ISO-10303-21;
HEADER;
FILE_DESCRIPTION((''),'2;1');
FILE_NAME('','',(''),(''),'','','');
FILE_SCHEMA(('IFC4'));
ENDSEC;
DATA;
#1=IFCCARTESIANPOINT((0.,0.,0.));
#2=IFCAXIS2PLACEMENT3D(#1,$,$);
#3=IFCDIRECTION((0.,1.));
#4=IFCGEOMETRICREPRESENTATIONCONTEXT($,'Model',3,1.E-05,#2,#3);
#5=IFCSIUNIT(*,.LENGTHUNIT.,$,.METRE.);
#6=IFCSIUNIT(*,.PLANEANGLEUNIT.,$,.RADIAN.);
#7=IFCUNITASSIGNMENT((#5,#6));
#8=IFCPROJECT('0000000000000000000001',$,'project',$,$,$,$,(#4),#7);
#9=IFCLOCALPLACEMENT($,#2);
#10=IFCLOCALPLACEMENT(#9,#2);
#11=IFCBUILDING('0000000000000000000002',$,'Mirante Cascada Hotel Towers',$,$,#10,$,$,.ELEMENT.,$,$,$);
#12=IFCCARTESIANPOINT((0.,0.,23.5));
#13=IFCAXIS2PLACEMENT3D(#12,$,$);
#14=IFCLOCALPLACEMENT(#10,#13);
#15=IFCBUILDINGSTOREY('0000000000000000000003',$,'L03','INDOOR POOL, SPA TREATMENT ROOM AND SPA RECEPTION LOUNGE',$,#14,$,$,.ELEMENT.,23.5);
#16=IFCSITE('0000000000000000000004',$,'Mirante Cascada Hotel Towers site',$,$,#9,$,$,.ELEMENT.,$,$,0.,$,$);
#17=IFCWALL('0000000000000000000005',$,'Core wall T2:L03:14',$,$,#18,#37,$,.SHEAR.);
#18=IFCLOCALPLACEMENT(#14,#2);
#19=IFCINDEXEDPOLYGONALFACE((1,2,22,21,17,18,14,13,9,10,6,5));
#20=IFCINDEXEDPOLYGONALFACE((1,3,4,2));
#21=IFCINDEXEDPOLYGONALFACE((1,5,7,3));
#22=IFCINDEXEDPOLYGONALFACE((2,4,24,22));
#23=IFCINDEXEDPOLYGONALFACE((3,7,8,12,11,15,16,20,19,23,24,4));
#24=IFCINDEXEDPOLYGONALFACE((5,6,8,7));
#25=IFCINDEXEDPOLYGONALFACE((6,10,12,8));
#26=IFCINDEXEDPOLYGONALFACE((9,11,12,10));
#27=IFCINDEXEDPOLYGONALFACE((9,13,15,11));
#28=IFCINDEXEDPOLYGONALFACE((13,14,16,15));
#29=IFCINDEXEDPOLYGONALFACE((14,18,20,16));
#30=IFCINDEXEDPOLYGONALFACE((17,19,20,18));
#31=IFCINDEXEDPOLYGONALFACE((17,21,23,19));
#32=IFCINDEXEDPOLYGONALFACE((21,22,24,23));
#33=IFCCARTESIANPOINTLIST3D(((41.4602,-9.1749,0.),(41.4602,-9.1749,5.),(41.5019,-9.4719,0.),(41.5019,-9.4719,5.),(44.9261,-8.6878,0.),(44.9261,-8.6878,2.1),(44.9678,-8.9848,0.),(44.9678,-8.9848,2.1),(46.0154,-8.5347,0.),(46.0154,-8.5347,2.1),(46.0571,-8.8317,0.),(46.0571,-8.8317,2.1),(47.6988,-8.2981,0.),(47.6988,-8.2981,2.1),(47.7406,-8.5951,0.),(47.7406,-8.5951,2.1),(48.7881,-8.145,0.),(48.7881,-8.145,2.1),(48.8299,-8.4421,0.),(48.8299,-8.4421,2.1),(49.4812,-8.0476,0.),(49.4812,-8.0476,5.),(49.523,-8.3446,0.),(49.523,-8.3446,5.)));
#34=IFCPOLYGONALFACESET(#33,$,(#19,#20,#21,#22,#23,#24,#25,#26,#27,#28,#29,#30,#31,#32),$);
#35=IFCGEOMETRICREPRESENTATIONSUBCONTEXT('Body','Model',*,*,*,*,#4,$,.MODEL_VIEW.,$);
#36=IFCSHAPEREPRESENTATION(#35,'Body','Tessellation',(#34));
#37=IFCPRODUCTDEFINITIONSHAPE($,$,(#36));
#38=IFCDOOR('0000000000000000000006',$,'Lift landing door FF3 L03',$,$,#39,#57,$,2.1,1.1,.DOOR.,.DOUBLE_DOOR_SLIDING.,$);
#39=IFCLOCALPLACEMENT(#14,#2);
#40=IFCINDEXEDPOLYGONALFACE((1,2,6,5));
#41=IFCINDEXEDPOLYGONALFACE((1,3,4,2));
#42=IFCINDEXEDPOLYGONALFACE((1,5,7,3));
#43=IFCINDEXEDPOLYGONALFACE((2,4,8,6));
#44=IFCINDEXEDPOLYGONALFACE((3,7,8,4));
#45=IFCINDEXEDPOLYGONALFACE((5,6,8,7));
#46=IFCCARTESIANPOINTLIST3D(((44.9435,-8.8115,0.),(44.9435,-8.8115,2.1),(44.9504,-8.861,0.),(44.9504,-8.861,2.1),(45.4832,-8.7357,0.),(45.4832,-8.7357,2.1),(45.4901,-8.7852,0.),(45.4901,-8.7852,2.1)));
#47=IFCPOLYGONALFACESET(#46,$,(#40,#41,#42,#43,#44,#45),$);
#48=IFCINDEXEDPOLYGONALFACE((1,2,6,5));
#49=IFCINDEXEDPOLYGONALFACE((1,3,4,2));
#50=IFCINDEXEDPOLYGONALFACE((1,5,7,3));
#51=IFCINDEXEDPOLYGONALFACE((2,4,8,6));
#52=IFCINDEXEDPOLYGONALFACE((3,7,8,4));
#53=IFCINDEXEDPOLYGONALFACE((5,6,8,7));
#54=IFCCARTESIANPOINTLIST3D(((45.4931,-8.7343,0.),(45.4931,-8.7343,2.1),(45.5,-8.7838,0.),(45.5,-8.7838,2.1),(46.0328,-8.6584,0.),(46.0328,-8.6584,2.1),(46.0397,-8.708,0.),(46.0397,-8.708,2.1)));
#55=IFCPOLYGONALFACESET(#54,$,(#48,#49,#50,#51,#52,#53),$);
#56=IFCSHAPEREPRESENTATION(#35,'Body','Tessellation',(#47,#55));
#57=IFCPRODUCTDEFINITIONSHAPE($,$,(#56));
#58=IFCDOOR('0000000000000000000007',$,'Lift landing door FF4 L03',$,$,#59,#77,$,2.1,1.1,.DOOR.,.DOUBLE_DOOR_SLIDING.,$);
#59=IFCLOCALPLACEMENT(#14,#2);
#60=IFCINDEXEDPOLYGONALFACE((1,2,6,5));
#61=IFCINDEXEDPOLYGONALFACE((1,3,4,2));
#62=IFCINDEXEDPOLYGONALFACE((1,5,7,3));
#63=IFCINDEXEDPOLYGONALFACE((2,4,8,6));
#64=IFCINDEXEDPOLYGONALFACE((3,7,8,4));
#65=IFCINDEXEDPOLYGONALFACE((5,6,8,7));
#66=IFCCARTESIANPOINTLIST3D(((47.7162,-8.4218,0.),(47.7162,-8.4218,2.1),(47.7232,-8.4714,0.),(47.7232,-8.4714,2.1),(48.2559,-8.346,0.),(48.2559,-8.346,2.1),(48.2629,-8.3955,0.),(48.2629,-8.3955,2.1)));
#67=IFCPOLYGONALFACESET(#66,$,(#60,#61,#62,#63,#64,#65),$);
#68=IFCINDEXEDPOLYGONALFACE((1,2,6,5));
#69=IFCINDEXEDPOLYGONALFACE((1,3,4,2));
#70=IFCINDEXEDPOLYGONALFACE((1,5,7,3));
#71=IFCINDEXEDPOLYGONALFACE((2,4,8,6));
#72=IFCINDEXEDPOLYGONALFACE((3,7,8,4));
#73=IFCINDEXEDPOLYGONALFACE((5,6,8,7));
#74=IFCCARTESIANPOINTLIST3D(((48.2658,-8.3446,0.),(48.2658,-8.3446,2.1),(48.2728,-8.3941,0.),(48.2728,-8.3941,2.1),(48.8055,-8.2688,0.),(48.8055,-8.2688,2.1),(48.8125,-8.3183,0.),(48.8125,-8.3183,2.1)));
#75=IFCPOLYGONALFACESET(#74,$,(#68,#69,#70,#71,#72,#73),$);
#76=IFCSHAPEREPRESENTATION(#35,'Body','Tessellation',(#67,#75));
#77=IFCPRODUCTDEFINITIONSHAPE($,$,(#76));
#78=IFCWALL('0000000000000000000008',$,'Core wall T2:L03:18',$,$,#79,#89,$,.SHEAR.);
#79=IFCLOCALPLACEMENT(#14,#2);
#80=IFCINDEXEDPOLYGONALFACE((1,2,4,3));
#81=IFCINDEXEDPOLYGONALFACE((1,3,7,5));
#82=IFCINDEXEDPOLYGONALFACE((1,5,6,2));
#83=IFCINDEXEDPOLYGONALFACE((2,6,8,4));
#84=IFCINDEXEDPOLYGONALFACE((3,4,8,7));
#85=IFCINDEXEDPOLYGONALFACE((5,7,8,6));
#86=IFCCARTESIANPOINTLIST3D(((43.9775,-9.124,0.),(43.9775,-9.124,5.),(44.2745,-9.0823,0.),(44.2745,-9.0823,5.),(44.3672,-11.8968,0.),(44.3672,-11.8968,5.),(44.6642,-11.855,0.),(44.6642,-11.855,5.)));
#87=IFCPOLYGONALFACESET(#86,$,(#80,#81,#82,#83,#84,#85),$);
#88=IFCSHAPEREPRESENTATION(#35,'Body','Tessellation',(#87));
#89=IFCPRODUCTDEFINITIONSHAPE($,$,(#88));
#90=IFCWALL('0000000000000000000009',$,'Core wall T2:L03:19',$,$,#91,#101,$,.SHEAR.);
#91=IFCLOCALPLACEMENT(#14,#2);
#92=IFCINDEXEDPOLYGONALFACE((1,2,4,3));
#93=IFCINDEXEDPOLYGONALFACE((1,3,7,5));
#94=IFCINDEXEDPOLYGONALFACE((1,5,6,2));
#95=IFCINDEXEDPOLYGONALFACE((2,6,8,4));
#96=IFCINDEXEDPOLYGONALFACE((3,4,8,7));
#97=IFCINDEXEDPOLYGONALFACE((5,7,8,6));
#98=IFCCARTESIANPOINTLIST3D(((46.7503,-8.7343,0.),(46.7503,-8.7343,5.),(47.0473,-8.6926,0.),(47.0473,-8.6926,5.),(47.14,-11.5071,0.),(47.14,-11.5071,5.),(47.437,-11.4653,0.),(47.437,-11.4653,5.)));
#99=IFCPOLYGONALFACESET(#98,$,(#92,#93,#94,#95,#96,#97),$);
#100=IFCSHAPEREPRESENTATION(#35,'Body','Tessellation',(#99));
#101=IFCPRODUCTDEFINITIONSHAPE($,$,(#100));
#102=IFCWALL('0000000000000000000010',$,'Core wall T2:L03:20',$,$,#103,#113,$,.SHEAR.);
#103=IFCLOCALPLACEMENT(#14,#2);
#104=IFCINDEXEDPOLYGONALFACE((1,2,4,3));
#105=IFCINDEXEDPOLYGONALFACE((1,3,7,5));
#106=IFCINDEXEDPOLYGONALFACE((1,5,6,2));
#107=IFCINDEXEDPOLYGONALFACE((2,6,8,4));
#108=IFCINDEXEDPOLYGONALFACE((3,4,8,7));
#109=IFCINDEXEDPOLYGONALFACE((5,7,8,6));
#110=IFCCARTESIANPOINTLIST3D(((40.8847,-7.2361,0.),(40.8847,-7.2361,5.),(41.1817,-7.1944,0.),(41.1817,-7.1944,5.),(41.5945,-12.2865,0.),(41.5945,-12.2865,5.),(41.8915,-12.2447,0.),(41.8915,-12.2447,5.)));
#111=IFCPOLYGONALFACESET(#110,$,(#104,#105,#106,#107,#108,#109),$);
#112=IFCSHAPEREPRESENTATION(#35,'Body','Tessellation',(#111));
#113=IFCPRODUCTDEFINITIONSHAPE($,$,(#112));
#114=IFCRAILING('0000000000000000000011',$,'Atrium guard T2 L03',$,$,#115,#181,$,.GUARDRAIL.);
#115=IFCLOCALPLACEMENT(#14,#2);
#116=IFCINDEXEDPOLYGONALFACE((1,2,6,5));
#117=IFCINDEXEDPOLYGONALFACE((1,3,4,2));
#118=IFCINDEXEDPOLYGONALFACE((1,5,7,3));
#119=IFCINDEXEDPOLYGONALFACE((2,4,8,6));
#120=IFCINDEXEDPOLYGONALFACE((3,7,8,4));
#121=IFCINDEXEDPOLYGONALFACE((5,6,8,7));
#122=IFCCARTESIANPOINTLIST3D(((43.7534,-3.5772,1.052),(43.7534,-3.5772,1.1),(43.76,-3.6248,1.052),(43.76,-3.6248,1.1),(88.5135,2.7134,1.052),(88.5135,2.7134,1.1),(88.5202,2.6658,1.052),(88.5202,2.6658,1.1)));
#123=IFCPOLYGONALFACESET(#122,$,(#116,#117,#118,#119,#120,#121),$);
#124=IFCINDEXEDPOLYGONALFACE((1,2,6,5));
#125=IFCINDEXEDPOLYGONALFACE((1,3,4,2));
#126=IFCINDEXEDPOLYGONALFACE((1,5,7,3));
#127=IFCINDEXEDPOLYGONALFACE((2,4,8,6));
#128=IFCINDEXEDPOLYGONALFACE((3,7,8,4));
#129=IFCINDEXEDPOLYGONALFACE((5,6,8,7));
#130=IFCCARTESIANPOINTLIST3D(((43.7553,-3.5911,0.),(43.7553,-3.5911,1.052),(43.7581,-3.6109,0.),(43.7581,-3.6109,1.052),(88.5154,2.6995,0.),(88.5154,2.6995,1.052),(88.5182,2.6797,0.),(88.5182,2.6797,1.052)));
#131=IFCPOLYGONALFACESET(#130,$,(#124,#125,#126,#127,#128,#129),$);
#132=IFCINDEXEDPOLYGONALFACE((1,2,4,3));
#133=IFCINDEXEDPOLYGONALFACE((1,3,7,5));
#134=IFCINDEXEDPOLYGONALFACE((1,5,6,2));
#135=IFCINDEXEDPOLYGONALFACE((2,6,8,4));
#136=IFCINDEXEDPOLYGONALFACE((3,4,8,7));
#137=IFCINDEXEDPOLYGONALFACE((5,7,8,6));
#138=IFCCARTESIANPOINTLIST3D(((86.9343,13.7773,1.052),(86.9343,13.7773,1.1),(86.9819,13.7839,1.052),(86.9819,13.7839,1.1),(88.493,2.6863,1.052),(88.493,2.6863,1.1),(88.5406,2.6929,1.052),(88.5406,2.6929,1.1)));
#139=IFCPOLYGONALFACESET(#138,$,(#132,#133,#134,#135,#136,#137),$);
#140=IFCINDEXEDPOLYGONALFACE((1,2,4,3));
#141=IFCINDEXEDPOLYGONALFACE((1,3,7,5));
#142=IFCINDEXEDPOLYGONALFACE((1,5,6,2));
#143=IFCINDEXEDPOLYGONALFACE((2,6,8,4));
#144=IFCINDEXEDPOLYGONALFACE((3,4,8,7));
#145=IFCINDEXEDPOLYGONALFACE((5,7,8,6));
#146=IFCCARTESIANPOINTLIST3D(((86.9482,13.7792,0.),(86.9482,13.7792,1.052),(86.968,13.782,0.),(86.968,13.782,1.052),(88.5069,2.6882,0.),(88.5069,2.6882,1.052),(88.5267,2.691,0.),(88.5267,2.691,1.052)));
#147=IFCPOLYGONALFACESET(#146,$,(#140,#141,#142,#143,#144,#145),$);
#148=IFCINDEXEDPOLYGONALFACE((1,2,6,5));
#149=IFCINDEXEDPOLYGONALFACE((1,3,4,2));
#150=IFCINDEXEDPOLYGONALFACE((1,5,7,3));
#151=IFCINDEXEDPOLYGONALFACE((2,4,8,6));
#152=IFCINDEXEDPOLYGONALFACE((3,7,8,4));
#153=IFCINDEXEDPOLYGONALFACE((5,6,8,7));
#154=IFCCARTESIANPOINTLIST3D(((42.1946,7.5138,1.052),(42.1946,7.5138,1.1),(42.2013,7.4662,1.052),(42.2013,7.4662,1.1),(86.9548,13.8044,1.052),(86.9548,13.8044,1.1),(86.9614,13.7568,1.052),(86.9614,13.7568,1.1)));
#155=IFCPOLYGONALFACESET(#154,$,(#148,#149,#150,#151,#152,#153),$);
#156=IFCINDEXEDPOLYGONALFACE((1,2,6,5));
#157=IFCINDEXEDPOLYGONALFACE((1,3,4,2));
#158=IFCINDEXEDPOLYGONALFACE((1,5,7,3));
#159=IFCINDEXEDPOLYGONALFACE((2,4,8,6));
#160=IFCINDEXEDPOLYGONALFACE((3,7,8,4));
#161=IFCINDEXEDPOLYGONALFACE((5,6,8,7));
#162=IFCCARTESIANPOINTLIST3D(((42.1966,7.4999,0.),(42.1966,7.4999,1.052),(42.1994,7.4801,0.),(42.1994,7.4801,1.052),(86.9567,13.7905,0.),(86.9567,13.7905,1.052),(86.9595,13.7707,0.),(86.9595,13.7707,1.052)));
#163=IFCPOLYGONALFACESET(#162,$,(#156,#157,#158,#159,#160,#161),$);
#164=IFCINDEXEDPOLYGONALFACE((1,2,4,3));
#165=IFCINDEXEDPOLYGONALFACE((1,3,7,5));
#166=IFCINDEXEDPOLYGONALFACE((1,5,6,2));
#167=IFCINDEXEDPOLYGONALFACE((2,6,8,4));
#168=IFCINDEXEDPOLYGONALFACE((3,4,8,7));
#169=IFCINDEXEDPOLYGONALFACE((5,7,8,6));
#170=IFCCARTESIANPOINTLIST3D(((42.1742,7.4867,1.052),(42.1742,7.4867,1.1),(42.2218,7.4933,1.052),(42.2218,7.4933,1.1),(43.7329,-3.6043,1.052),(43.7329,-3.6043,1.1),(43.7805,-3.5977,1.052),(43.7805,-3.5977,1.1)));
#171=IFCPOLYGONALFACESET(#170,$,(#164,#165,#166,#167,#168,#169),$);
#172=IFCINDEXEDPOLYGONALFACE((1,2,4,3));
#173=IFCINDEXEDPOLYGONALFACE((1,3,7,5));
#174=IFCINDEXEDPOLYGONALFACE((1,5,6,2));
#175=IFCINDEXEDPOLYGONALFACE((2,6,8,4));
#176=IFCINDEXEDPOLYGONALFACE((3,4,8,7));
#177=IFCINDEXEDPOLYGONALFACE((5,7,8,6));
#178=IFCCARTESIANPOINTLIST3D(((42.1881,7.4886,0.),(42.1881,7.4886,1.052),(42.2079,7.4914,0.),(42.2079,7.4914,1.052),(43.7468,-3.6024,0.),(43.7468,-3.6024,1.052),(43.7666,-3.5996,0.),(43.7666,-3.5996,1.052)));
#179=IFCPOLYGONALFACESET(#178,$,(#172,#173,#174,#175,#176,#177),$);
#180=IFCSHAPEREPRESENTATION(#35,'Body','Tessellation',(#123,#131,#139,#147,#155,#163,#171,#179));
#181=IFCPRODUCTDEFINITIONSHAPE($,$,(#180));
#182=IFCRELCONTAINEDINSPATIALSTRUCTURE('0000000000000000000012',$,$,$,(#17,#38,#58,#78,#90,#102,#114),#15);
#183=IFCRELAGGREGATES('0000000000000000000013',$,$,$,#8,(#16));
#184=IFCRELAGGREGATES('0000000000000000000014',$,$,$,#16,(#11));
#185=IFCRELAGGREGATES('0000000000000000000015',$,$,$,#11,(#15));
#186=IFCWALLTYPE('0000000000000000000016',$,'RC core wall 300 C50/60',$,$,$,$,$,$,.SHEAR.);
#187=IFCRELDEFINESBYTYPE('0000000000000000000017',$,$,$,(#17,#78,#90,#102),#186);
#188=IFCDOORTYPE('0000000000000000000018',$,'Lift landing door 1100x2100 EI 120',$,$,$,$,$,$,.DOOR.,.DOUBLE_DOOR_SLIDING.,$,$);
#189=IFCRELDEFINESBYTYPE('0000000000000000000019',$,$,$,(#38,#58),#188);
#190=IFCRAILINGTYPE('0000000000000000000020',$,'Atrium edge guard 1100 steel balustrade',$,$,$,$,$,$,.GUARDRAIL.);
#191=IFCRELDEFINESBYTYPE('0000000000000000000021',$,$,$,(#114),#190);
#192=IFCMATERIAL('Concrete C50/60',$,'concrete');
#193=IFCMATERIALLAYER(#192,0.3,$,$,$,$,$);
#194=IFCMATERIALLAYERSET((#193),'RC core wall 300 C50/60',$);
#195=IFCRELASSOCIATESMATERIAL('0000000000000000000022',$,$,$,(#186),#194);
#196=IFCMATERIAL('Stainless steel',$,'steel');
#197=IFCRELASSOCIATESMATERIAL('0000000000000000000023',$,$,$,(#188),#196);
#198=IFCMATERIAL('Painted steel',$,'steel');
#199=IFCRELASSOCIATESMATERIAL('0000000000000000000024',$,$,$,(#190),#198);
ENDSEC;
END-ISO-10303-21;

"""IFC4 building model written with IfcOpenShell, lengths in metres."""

from ifc_helpers import new_model, si_unit, direction, frame, frame_2d, origin, origin_2d, place, context, subcontext, project, spatial, rectangle, extrude, material, layer, layer_set, type_object, element, fill, save


model = new_model("IFC4")

# Units and contexts
model_context = context("Model", 3, precision=1e-05, world=origin(), true_north=direction((0.0, 1.0)))
body_context = subcontext(model_context, "Body", "Model", "MODEL_VIEW")
ifc_project = project(units=[si_unit("LENGTHUNIT", "METRE"), si_unit("PLANEANGLEUNIT", "RADIAN")], contexts=[model_context])

# Site, building, storey
site_placement = place(None, origin())
site = spatial("IfcSite", under=ifc_project, at=site_placement, Name="Mirante Cascada Hotel Towers site", CompositionType="ELEMENT", RefElevation=0.0)
building_placement = place(site_placement, origin())
building = spatial("IfcBuilding", under=site, at=building_placement, Name="Mirante Cascada Hotel Towers", CompositionType="ELEMENT")
storey_placement = place(building_placement, frame((0.0, 0.0, 23.5)))
storey = spatial("IfcBuildingStorey", under=building, at=storey_placement, Name="L03", Description="INDOOR POOL, SPA TREATMENT ROOM AND SPA RECEPTION LOUNGE", CompositionType="ELEMENT", Elevation=23.5)

# Shared definitions
ifc_material_1 = material(Name="Concrete C50/60", Category="concrete")
ifc_layer_1 = layer(ifc_material_1, 0.3)
ifc_layer_set_1 = layer_set([ifc_layer_1], Name="RC core wall 300 C50/60")
wall_type_1 = type_object("IfcWallType", Name="RC core wall 300 C50/60", PredefinedType="SHEAR", material=ifc_layer_set_1)
ifc_material_2 = material(Name="Stainless steel", Category="steel")
door_type_1 = type_object("IfcDoorType", Name="Lift landing door 1100x2100 EI 120", OperationType="DOUBLE_DOOR_SLIDING", PredefinedType="DOOR", material=ifc_material_2)

# Wall, openings, doors
wall_1_placement = place(storey_placement, frame((41.481, -9.3234, 0.0), z_axis=(0.0, 0.0, 1.0), x_axis=(0.990268, 0.139174, 0.0)))
wall_1 = element("IfcWall", 1, at=wall_1_placement, inside=storey, type_object=wall_type_1, Name="Core wall T2:L03:14", PredefinedType="SHEAR", context=body_context, shape_type="SweptSolid", body=[
    extrude(rectangle(XDim=8.0999, YDim=0.3, at=frame_2d((4.05, 0.0))), origin(), (0.0, 0.0, 1.0), 5.0),
])
opening_1_placement = place(wall_1_placement, frame((3.5, 0.0, 0.0)))
opening_1 = element("IfcOpeningElement", 2, at=opening_1_placement, cuts=wall_1, PredefinedType="OPENING", context=body_context, shape_type="SweptSolid", body=[
    extrude(rectangle(XDim=1.1, YDim=2.1, at=frame_2d((0.55, 1.05))), frame((0.0, 0.15, 0.0), z_axis=(0.0, -1.0, 0.0), x_axis=(1.0, 0.0, 0.0)), (0.0, 0.0, 1.0), 0.3),
])
opening_2_placement = place(wall_1_placement, frame((6.3, 0.0, 0.0)))
opening_2 = element("IfcOpeningElement", 3, at=opening_2_placement, cuts=wall_1, PredefinedType="OPENING", context=body_context, shape_type="SweptSolid", body=[
    extrude(rectangle(XDim=1.1, YDim=2.1, at=frame_2d((0.55, 1.05))), frame((0.0, 0.15, 0.0), z_axis=(0.0, -1.0, 0.0), x_axis=(1.0, 0.0, 0.0)), (0.0, 0.0, 1.0), 0.3),
])
door_1_placement = place(opening_1_placement, origin())
door_1 = element("IfcDoor", 4, at=door_1_placement, inside=storey, type_object=door_type_1, Name="Lift landing door FF3 L03", OperationType="DOUBLE_DOOR_SLIDING", OverallHeight=2.1, OverallWidth=1.1, PredefinedType="DOOR", context=body_context, shape_type="SweptSolid", body=[
    extrude(rectangle(XDim=0.545, YDim=2.1, at=frame_2d((0.2725, 1.05))), frame((0.0, 0.025, 0.0), z_axis=(0.0, -1.0, 0.0), x_axis=(1.0, 0.0, 0.0)), (0.0, 0.0, 1.0), 0.05),
    extrude(rectangle(XDim=0.545, YDim=2.1, at=frame_2d((0.8275, 1.05))), frame((0.0, 0.025, 0.0), z_axis=(0.0, -1.0, 0.0), x_axis=(1.0, 0.0, 0.0)), (0.0, 0.0, 1.0), 0.05),
])
fill(opening_1, door_1)
door_2_placement = place(opening_2_placement, origin())
door_2 = element("IfcDoor", 5, at=door_2_placement, inside=storey, type_object=door_type_1, Name="Lift landing door FF4 L03", OperationType="DOUBLE_DOOR_SLIDING", OverallHeight=2.1, OverallWidth=1.1, PredefinedType="DOOR", context=body_context, shape_type="SweptSolid", body=[
    extrude(rectangle(XDim=0.545, YDim=2.1, at=frame_2d((0.2725, 1.05))), frame((0.0, 0.025, 0.0), z_axis=(0.0, -1.0, 0.0), x_axis=(1.0, 0.0, 0.0)), (0.0, 0.0, 1.0), 0.05),
    extrude(rectangle(XDim=0.545, YDim=2.1, at=frame_2d((0.8275, 1.05))), frame((0.0, 0.025, 0.0), z_axis=(0.0, -1.0, 0.0), x_axis=(1.0, 0.0, 0.0)), (0.0, 0.0, 1.0), 0.05),
])
fill(opening_2, door_2)

# Walls
for number, where, z_axis, x_axis, name in (
    (6, (44.5157, -11.8759, 0.0), (0.0, 0.0, 1.0), (-0.139181, 0.990267, 0.0), "Core wall T2:L03:18"),
    (7, (47.2885, -11.4862, 0.0), (0.0, 0.0, 1.0), (-0.139181, 0.990267, 0.0), "Core wall T2:L03:19"),
):
    element("IfcWall", number, at=place(storey_placement, frame(where, z_axis=z_axis, x_axis=x_axis)), inside=storey, type_object=wall_type_1, Name=name, PredefinedType="SHEAR", context=body_context, shape_type="SweptSolid", body=[
        extrude(rectangle(XDim=2.8, YDim=0.3, at=frame_2d((1.4, 0.0))), origin(), (0.0, 0.0, 1.0), 5.0),
    ])
wall_2_placement = place(storey_placement, frame((41.743, -12.2656, 0.0), z_axis=(0.0, 0.0, 1.0), x_axis=(-0.139176, 0.990268, 0.0)))
element("IfcWall", 8, at=wall_2_placement, inside=storey, type_object=wall_type_1, Name="Core wall T2:L03:20", PredefinedType="SHEAR", context=body_context, shape_type="SweptSolid", body=[
    extrude(rectangle(XDim=5.1, YDim=0.3, at=frame_2d((2.55, 0.0))), origin(), (0.0, 0.0, 1.0), 5.0),
])

# Railing
ifc_material_3 = material(Name="Painted steel", Category="steel")
railing_type = type_object("IfcRailingType", Name="Atrium edge guard 1100 steel balustrade", PredefinedType="GUARDRAIL", material=ifc_material_3)
railing_placement = place(storey_placement, frame((43.7567, -3.601, 0.0)))
element("IfcRailing", 9, at=railing_placement, inside=storey, type_object=railing_type, Name="Atrium guard T2 L03", PredefinedType="GUARDRAIL", context=body_context, shape_type="SweptSolid", body=[
    extrude(rectangle(XDim=0.048, YDim=0.048, at=origin_2d()), frame((0.0, 0.0, 1.076), z_axis=(0.990268, 0.139173, 0.0), x_axis=(-0.139173, 0.990268, 0.0)), (0.0, 0.0, 1.0), 45.2),
    extrude(rectangle(XDim=0.02, YDim=1.052, at=origin_2d()), frame((0.0, 0.0, 0.526), z_axis=(0.990268, 0.139173, 0.0), x_axis=(-0.139173, 0.990268, 0.0)), (0.0, 0.0, 1.0), 45.2),
    extrude(rectangle(XDim=0.048, YDim=0.048, at=origin_2d()), frame((44.7601, 6.2906, 1.076), z_axis=(-0.13917, 0.990268, 0.0), x_axis=(-0.990268, -0.13917, 0.0)), (0.0, 0.0, 1.0), 11.2),
    extrude(rectangle(XDim=0.02, YDim=1.052, at=origin_2d()), frame((44.7601, 6.2906, 0.526), z_axis=(-0.13917, 0.990268, 0.0), x_axis=(-0.990268, -0.13917, 0.0)), (0.0, 0.0, 1.0), 11.2),
    extrude(rectangle(XDim=0.048, YDim=0.048, at=origin_2d()), frame((43.2014, 17.3816, 1.076), z_axis=(-0.990268, -0.139173, 0.0), x_axis=(0.139173, -0.990268, 0.0)), (0.0, 0.0, 1.0), 45.2),
    extrude(rectangle(XDim=0.02, YDim=1.052, at=origin_2d()), frame((43.2014, 17.3816, 0.526), z_axis=(-0.990268, -0.139173, 0.0), x_axis=(0.139173, -0.990268, 0.0)), (0.0, 0.0, 1.0), 45.2),
    extrude(rectangle(XDim=0.048, YDim=0.048, at=origin_2d()), frame((-1.5587, 11.091, 1.076), z_axis=(0.13917, -0.990268, 0.0), x_axis=(0.990268, 0.13917, 0.0)), (0.0, 0.0, 1.0), 11.2),
    extrude(rectangle(XDim=0.02, YDim=1.052, at=origin_2d()), frame((-1.5587, 11.091, 0.526), z_axis=(0.13917, -0.990268, 0.0), x_axis=(0.990268, 0.13917, 0.0)), (0.0, 0.0, 1.0), 11.2),
])

save(model, "model.ifc")
